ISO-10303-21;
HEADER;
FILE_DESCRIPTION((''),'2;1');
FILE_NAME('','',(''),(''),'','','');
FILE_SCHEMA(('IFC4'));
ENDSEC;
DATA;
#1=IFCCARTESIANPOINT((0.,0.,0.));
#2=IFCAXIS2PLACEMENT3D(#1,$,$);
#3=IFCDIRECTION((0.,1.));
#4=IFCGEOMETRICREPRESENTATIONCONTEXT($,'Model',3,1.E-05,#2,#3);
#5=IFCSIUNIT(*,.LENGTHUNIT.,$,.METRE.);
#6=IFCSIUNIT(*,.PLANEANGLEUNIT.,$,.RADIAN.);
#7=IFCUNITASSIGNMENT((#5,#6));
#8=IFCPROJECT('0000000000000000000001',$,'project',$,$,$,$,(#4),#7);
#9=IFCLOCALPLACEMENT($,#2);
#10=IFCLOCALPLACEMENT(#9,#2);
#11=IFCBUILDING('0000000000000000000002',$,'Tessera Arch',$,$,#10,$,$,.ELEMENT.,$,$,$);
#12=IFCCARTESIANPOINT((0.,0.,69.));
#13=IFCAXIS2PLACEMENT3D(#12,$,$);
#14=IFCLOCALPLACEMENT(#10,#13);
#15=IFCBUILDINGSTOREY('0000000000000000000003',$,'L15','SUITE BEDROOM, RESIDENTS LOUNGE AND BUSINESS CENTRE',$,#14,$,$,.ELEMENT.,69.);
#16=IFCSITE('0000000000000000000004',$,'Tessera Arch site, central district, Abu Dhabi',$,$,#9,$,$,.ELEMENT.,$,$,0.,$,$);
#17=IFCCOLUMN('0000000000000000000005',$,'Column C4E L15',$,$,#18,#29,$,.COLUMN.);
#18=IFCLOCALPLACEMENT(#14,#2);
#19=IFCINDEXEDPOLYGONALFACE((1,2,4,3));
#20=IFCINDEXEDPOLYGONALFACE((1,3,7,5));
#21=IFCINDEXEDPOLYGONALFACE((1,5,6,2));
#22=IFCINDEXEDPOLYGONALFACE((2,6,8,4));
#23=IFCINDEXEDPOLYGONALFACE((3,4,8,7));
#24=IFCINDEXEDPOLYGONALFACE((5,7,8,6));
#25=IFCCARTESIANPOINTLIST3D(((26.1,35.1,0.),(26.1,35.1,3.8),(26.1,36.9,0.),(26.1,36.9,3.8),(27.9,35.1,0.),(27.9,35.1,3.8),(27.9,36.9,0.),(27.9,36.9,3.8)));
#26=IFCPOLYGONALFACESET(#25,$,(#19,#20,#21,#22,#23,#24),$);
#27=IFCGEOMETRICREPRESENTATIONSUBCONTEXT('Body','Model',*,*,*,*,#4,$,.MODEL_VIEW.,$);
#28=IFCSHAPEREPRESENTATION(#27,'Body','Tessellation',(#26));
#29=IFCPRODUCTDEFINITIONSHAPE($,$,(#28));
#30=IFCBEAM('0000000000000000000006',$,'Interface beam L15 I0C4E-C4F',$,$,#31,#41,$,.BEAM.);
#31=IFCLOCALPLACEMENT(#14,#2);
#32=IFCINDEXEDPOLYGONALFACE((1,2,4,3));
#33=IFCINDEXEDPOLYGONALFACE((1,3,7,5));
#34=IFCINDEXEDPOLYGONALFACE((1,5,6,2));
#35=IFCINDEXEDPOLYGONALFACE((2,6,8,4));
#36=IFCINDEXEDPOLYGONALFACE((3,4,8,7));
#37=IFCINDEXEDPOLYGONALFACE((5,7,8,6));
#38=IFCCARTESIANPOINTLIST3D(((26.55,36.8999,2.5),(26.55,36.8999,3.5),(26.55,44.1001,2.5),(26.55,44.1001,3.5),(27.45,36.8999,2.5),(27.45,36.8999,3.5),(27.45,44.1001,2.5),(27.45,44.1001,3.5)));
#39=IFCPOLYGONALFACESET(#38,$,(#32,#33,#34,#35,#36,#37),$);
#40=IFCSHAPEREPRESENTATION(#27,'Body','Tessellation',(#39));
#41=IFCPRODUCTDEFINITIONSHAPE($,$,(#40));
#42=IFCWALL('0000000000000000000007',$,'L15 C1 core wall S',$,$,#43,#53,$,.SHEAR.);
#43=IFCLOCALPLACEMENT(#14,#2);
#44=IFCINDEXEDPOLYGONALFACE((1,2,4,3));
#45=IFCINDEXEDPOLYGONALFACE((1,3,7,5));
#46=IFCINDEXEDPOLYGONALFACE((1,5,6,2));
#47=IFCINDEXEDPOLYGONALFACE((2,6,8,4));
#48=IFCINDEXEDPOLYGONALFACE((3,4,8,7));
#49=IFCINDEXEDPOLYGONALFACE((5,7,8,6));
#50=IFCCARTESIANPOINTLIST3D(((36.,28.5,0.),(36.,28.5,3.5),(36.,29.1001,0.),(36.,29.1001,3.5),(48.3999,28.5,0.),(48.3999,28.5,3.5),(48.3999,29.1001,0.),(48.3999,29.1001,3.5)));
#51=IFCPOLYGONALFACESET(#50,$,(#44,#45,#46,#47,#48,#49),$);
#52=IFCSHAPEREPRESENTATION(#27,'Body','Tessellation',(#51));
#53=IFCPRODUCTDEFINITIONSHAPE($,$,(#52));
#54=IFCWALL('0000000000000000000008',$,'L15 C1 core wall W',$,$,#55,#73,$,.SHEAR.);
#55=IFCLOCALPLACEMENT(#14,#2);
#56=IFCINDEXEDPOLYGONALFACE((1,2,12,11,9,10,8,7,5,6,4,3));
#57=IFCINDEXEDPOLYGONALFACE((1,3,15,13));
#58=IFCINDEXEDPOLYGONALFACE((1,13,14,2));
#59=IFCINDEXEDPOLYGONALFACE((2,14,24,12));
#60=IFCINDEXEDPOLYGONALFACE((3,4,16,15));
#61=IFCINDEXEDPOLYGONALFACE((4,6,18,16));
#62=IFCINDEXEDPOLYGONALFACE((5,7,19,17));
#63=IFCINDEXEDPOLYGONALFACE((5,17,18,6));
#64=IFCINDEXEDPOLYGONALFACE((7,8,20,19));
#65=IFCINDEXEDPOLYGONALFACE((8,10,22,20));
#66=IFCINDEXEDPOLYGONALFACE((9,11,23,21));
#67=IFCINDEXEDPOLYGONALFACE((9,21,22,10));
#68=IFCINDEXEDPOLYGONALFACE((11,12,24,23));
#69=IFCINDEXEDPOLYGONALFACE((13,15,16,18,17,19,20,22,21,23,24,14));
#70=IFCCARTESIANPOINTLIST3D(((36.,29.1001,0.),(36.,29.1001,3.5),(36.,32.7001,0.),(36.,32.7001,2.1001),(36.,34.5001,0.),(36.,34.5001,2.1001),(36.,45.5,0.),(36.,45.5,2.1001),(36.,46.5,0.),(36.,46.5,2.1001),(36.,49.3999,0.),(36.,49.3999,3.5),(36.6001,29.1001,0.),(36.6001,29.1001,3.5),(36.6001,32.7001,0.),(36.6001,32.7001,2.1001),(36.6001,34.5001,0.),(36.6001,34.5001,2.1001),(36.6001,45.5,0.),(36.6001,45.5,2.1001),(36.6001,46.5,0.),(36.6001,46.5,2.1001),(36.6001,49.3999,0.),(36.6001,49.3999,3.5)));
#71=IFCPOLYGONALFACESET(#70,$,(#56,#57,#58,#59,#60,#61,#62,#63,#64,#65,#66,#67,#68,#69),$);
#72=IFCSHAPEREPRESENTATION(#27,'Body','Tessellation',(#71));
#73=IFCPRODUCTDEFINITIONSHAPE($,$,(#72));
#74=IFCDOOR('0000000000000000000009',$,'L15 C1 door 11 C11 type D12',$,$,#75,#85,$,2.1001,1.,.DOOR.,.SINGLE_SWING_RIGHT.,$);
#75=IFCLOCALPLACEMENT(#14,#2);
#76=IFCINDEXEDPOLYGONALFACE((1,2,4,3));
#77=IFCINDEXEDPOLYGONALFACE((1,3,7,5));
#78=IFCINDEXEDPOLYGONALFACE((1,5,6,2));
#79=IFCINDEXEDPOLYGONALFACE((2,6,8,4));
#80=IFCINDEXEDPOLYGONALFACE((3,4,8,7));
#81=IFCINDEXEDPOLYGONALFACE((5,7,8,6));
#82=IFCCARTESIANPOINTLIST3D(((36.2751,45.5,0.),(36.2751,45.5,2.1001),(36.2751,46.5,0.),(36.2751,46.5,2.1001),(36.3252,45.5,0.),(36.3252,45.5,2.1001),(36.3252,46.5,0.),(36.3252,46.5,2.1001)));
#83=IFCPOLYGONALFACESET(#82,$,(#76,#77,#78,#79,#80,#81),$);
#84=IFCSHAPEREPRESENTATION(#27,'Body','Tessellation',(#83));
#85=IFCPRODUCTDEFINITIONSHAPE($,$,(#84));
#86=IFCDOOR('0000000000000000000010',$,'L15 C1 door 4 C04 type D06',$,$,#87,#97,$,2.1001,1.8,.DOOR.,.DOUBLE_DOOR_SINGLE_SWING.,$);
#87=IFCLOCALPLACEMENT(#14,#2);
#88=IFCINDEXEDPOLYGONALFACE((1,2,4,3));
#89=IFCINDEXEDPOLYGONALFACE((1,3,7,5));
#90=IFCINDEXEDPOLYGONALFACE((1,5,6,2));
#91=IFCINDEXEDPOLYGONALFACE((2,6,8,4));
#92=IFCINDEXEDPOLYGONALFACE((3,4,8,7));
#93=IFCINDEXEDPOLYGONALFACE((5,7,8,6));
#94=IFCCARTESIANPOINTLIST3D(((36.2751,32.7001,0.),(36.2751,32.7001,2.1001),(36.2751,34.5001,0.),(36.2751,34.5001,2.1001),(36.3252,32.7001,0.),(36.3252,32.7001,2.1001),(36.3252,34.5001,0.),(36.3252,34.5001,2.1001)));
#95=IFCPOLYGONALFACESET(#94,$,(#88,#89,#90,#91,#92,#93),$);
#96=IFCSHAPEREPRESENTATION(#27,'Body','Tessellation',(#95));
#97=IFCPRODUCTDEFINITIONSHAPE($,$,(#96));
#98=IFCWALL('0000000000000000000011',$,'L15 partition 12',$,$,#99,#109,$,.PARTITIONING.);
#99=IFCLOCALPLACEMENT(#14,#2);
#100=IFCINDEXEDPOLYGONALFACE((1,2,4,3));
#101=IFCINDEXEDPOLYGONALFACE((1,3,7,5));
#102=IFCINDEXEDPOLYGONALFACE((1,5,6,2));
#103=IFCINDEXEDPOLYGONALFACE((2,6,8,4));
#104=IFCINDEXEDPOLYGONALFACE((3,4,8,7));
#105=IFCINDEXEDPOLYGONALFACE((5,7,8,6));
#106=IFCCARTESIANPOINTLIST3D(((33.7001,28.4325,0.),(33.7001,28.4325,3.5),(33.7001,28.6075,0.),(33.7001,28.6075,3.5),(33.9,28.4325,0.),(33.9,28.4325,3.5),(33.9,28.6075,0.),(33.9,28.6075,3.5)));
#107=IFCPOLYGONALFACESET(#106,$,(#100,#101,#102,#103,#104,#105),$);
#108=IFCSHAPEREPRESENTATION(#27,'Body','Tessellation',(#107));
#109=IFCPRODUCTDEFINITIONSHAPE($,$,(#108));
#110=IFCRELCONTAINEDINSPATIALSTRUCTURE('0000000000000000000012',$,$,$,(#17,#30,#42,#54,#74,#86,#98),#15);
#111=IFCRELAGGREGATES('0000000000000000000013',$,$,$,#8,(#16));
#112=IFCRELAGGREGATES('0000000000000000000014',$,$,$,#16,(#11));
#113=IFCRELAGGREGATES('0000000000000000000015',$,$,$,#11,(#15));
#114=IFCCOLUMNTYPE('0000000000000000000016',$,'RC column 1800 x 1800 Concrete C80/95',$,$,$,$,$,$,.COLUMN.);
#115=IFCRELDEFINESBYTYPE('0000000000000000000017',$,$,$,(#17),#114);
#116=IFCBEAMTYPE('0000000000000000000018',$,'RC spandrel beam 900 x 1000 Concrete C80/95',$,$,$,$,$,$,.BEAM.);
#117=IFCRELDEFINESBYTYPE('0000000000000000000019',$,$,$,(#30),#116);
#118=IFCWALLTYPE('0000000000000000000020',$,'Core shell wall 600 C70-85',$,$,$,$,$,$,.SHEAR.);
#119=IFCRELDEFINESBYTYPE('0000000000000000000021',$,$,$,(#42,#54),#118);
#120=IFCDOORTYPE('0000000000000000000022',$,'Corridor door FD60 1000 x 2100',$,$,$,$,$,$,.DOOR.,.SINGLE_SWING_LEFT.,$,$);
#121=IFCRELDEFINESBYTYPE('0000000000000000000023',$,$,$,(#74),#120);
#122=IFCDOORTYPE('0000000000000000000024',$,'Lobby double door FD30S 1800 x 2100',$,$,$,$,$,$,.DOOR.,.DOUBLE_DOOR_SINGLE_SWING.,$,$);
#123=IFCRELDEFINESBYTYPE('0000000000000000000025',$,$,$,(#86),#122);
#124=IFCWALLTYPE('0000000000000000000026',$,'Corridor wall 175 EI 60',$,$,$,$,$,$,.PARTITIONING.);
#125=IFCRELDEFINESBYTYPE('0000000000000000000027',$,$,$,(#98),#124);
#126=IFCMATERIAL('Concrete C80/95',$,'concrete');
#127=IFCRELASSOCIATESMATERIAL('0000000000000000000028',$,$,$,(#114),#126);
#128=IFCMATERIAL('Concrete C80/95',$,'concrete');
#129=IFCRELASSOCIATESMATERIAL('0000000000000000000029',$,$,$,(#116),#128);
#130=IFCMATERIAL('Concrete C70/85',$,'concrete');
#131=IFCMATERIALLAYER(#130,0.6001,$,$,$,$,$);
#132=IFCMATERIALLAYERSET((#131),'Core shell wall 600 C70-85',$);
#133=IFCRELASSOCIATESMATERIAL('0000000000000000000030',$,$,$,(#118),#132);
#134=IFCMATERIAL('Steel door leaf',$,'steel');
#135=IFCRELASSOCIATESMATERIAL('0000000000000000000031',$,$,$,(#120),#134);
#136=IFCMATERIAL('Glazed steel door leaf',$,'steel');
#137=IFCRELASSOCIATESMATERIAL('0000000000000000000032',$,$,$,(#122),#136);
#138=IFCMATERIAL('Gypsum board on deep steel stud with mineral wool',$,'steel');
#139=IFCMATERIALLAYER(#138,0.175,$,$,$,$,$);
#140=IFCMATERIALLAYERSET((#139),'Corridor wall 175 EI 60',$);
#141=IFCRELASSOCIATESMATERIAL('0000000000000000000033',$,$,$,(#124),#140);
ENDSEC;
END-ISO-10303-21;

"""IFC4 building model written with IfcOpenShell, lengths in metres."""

from ifc_helpers import new_model, si_unit, direction, frame, frame_2d, origin, origin_2d, place, context, subcontext, project, spatial, rectangle, extrude, material, layer, layer_set, material_profile, profile_set, type_object, element, fill, save


model = new_model("IFC4")

# Units and contexts
model_context = context("Model", 3, precision=1e-05, world=origin(), true_north=direction((0.0, 1.0)))
body_context = subcontext(model_context, "Body", "Model", "MODEL_VIEW")
ifc_project = project(units=[si_unit("LENGTHUNIT", "METRE"), si_unit("PLANEANGLEUNIT", "RADIAN")], contexts=[model_context])

# Site, building, storey
site_placement = place(None, origin())
site = spatial("IfcSite", under=ifc_project, at=site_placement, Name="Tessera Arch site, central district, Abu Dhabi", CompositionType="ELEMENT", RefElevation=0.0)
building_placement = place(site_placement, origin())
building = spatial("IfcBuilding", under=site, at=building_placement, Name="Tessera Arch", CompositionType="ELEMENT")
storey_placement = place(building_placement, frame((0.0, 0.0, 69.0)))
storey = spatial("IfcBuildingStorey", under=building, at=storey_placement, Name="L15", Description="SUITE BEDROOM, RESIDENTS LOUNGE AND BUSINESS CENTRE", CompositionType="ELEMENT", Elevation=69.0)

# Column
ifc_material_1 = material(Name="Concrete C80/95", Category="concrete")
ifc_material_profile_1 = material_profile(ifc_material_1, rectangle(XDim=1.8, YDim=1.8, at=origin_2d()), Name="RC column 1800 x 1800 Concrete C80/95")
ifc_profile_set_1 = profile_set([ifc_material_profile_1], Name="Concrete C80/95")
column_type = type_object("IfcColumnType", Name="RC column 1800 x 1800 Concrete C80/95", PredefinedType="COLUMN", material=ifc_profile_set_1)
column_placement = place(storey_placement, frame((27.0, 36.0, 0.0), z_axis=(0.0, 0.0, 1.0), x_axis=(1.0, 0.0, 0.0)))
element("IfcColumn", 1, at=column_placement, inside=storey, type_object=column_type, Name="Column C4E L15", PredefinedType="COLUMN", context=body_context, shape_type="SweptSolid", body=[
    extrude(rectangle(XDim=1.8, YDim=1.8, at=origin_2d()), origin(), (0.0, 0.0, 1.0), 3.8),
])

# Beam
ifc_material_2 = material(Name="Concrete C80/95", Category="concrete")
ifc_material_profile_2 = material_profile(ifc_material_2, rectangle(XDim=0.8999, YDim=1.0, at=origin_2d()), Name="RC spandrel beam 900 x 1000 Concrete C80/95")
ifc_profile_set_2 = profile_set([ifc_material_profile_2], Name="Concrete C80/95")
beam_type = type_object("IfcBeamType", Name="RC spandrel beam 900 x 1000 Concrete C80/95", PredefinedType="BEAM", material=ifc_profile_set_2)
beam_placement = place(storey_placement, frame((27.0, 36.8999, 3.0), z_axis=(0.0, 1.0, 0.0), x_axis=(-1.0, 0.0, 0.0)))
element("IfcBeam", 2, at=beam_placement, inside=storey, type_object=beam_type, Name="Interface beam L15 I0C4E-C4F", PredefinedType="BEAM", context=body_context, shape_type="SweptSolid", body=[
    extrude(rectangle(XDim=0.8999, YDim=1.0, at=origin_2d()), origin(), (0.0, 0.0, 1.0), 7.2002),
])

# Wall
ifc_material_3 = material(Name="Concrete C70/85", Category="concrete")
ifc_layer_1 = layer(ifc_material_3, 0.6001)
ifc_layer_set_1 = layer_set([ifc_layer_1], Name="Core shell wall 600 C70-85")
wall_type_1 = type_object("IfcWallType", Name="Core shell wall 600 C70-85", PredefinedType="SHEAR", material=ifc_layer_set_1)
wall_1_placement = place(storey_placement, frame((36.0, 28.8, 0.0), z_axis=(0.0, 0.0, 1.0), x_axis=(1.0, 0.0, 0.0)))
element("IfcWall", 3, at=wall_1_placement, inside=storey, type_object=wall_type_1, Name="L15 C1 core wall S", PredefinedType="SHEAR", context=body_context, shape_type="SweptSolid", body=[
    extrude(rectangle(XDim=12.3999, YDim=0.6001, at=frame_2d((6.2, 0.0))), origin(), (0.0, 0.0, 1.0), 3.5),
])

# Wall, openings, doors
wall_2_placement = place(storey_placement, frame((36.3, 29.1001, 0.0), z_axis=(0.0, 0.0, 1.0), x_axis=(0.0, 1.0, 0.0)))
wall_2 = element("IfcWall", 4, at=wall_2_placement, inside=storey, type_object=wall_type_1, Name="L15 C1 core wall W", PredefinedType="SHEAR", context=body_context, shape_type="SweptSolid", body=[
    extrude(rectangle(XDim=20.2998, YDim=0.6001, at=frame_2d((10.1499, 0.0))), origin(), (0.0, 0.0, 1.0), 3.5),
])
opening_1_placement = place(wall_2_placement, frame((3.6001, 0.0, 0.0)))
opening_1 = element("IfcOpeningElement", 5, at=opening_1_placement, cuts=wall_2, PredefinedType="OPENING", context=body_context, shape_type="SweptSolid", body=[
    extrude(rectangle(XDim=1.8, YDim=2.1001, at=frame_2d((0.8999, 1.05))), frame((0.0, 0.3101, 0.0), z_axis=(0.0, -1.0, 0.0), x_axis=(1.0, 0.0, 0.0)), (0.0, 0.0, 1.0), 0.6201),
])
opening_2_placement = place(wall_2_placement, frame((16.3999, 0.0, 0.0)))
opening_2 = element("IfcOpeningElement", 6, at=opening_2_placement, cuts=wall_2, PredefinedType="OPENING", context=body_context, shape_type="SweptSolid", body=[
    extrude(rectangle(XDim=1.0, YDim=2.1001, at=frame_2d((0.5, 1.05))), frame((0.0, 0.3101, 0.0), z_axis=(0.0, -1.0, 0.0), x_axis=(1.0, 0.0, 0.0)), (0.0, 0.0, 1.0), 0.6201),
])
ifc_material_4 = material(Name="Steel door leaf", Category="steel")
door_type_1 = type_object("IfcDoorType", Name="Corridor door FD60 1000 x 2100", OperationType="SINGLE_SWING_LEFT", PredefinedType="DOOR", material=ifc_material_4)
door_1_placement = place(opening_2_placement, origin())
door_1 = element("IfcDoor", 7, at=door_1_placement, inside=storey, type_object=door_type_1, Name="L15 C1 door 11 C11 type D12", OperationType="SINGLE_SWING_RIGHT", OverallHeight=2.1001, OverallWidth=1.0, PredefinedType="DOOR", context=body_context, shape_type="SweptSolid", body=[
    extrude(rectangle(XDim=1.0, YDim=2.1001, at=frame_2d((0.5, 1.05))), frame((0.0, 0.0249, 0.0), z_axis=(0.0, -1.0, 0.0), x_axis=(1.0, 0.0, 0.0)), (0.0, 0.0, 1.0), 0.05),
])
fill(opening_2, door_1)
ifc_material_5 = material(Name="Glazed steel door leaf", Category="steel")
door_type_2 = type_object("IfcDoorType", Name="Lobby double door FD30S 1800 x 2100", OperationType="DOUBLE_DOOR_SINGLE_SWING", PredefinedType="DOOR", material=ifc_material_5)
door_2_placement = place(opening_1_placement, origin())
door_2 = element("IfcDoor", 8, at=door_2_placement, inside=storey, type_object=door_type_2, Name="L15 C1 door 4 C04 type D06", OperationType="DOUBLE_DOOR_SINGLE_SWING", OverallHeight=2.1001, OverallWidth=1.8, PredefinedType="DOOR", context=body_context, shape_type="SweptSolid", body=[
    extrude(rectangle(XDim=1.8, YDim=2.1001, at=frame_2d((0.8999, 1.05))), frame((0.0, 0.0249, 0.0), z_axis=(0.0, -1.0, 0.0), x_axis=(1.0, 0.0, 0.0)), (0.0, 0.0, 1.0), 0.05),
])
fill(opening_1, door_2)

# Wall
ifc_material_6 = material(Name="Gypsum board on deep steel stud with mineral wool", Category="steel")
ifc_layer_2 = layer(ifc_material_6, 0.175)
ifc_layer_set_2 = layer_set([ifc_layer_2], Name="Corridor wall 175 EI 60")
wall_type_2 = type_object("IfcWallType", Name="Corridor wall 175 EI 60", PredefinedType="PARTITIONING", material=ifc_layer_set_2)
wall_3_placement = place(storey_placement, frame((33.7, 28.52, 0.0), z_axis=(0.0, 0.0, 1.0), x_axis=(1.0, 0.0, 0.0)))
element("IfcWall", 9, at=wall_3_placement, inside=storey, type_object=wall_type_2, Name="L15 partition 12", PredefinedType="PARTITIONING", context=body_context, shape_type="SweptSolid", body=[
    extrude(rectangle(XDim=0.2, YDim=0.175, at=frame_2d((0.1001, 0.0))), origin(), (0.0, 0.0, 1.0), 3.5),
])

save(model, "model.ifc")
